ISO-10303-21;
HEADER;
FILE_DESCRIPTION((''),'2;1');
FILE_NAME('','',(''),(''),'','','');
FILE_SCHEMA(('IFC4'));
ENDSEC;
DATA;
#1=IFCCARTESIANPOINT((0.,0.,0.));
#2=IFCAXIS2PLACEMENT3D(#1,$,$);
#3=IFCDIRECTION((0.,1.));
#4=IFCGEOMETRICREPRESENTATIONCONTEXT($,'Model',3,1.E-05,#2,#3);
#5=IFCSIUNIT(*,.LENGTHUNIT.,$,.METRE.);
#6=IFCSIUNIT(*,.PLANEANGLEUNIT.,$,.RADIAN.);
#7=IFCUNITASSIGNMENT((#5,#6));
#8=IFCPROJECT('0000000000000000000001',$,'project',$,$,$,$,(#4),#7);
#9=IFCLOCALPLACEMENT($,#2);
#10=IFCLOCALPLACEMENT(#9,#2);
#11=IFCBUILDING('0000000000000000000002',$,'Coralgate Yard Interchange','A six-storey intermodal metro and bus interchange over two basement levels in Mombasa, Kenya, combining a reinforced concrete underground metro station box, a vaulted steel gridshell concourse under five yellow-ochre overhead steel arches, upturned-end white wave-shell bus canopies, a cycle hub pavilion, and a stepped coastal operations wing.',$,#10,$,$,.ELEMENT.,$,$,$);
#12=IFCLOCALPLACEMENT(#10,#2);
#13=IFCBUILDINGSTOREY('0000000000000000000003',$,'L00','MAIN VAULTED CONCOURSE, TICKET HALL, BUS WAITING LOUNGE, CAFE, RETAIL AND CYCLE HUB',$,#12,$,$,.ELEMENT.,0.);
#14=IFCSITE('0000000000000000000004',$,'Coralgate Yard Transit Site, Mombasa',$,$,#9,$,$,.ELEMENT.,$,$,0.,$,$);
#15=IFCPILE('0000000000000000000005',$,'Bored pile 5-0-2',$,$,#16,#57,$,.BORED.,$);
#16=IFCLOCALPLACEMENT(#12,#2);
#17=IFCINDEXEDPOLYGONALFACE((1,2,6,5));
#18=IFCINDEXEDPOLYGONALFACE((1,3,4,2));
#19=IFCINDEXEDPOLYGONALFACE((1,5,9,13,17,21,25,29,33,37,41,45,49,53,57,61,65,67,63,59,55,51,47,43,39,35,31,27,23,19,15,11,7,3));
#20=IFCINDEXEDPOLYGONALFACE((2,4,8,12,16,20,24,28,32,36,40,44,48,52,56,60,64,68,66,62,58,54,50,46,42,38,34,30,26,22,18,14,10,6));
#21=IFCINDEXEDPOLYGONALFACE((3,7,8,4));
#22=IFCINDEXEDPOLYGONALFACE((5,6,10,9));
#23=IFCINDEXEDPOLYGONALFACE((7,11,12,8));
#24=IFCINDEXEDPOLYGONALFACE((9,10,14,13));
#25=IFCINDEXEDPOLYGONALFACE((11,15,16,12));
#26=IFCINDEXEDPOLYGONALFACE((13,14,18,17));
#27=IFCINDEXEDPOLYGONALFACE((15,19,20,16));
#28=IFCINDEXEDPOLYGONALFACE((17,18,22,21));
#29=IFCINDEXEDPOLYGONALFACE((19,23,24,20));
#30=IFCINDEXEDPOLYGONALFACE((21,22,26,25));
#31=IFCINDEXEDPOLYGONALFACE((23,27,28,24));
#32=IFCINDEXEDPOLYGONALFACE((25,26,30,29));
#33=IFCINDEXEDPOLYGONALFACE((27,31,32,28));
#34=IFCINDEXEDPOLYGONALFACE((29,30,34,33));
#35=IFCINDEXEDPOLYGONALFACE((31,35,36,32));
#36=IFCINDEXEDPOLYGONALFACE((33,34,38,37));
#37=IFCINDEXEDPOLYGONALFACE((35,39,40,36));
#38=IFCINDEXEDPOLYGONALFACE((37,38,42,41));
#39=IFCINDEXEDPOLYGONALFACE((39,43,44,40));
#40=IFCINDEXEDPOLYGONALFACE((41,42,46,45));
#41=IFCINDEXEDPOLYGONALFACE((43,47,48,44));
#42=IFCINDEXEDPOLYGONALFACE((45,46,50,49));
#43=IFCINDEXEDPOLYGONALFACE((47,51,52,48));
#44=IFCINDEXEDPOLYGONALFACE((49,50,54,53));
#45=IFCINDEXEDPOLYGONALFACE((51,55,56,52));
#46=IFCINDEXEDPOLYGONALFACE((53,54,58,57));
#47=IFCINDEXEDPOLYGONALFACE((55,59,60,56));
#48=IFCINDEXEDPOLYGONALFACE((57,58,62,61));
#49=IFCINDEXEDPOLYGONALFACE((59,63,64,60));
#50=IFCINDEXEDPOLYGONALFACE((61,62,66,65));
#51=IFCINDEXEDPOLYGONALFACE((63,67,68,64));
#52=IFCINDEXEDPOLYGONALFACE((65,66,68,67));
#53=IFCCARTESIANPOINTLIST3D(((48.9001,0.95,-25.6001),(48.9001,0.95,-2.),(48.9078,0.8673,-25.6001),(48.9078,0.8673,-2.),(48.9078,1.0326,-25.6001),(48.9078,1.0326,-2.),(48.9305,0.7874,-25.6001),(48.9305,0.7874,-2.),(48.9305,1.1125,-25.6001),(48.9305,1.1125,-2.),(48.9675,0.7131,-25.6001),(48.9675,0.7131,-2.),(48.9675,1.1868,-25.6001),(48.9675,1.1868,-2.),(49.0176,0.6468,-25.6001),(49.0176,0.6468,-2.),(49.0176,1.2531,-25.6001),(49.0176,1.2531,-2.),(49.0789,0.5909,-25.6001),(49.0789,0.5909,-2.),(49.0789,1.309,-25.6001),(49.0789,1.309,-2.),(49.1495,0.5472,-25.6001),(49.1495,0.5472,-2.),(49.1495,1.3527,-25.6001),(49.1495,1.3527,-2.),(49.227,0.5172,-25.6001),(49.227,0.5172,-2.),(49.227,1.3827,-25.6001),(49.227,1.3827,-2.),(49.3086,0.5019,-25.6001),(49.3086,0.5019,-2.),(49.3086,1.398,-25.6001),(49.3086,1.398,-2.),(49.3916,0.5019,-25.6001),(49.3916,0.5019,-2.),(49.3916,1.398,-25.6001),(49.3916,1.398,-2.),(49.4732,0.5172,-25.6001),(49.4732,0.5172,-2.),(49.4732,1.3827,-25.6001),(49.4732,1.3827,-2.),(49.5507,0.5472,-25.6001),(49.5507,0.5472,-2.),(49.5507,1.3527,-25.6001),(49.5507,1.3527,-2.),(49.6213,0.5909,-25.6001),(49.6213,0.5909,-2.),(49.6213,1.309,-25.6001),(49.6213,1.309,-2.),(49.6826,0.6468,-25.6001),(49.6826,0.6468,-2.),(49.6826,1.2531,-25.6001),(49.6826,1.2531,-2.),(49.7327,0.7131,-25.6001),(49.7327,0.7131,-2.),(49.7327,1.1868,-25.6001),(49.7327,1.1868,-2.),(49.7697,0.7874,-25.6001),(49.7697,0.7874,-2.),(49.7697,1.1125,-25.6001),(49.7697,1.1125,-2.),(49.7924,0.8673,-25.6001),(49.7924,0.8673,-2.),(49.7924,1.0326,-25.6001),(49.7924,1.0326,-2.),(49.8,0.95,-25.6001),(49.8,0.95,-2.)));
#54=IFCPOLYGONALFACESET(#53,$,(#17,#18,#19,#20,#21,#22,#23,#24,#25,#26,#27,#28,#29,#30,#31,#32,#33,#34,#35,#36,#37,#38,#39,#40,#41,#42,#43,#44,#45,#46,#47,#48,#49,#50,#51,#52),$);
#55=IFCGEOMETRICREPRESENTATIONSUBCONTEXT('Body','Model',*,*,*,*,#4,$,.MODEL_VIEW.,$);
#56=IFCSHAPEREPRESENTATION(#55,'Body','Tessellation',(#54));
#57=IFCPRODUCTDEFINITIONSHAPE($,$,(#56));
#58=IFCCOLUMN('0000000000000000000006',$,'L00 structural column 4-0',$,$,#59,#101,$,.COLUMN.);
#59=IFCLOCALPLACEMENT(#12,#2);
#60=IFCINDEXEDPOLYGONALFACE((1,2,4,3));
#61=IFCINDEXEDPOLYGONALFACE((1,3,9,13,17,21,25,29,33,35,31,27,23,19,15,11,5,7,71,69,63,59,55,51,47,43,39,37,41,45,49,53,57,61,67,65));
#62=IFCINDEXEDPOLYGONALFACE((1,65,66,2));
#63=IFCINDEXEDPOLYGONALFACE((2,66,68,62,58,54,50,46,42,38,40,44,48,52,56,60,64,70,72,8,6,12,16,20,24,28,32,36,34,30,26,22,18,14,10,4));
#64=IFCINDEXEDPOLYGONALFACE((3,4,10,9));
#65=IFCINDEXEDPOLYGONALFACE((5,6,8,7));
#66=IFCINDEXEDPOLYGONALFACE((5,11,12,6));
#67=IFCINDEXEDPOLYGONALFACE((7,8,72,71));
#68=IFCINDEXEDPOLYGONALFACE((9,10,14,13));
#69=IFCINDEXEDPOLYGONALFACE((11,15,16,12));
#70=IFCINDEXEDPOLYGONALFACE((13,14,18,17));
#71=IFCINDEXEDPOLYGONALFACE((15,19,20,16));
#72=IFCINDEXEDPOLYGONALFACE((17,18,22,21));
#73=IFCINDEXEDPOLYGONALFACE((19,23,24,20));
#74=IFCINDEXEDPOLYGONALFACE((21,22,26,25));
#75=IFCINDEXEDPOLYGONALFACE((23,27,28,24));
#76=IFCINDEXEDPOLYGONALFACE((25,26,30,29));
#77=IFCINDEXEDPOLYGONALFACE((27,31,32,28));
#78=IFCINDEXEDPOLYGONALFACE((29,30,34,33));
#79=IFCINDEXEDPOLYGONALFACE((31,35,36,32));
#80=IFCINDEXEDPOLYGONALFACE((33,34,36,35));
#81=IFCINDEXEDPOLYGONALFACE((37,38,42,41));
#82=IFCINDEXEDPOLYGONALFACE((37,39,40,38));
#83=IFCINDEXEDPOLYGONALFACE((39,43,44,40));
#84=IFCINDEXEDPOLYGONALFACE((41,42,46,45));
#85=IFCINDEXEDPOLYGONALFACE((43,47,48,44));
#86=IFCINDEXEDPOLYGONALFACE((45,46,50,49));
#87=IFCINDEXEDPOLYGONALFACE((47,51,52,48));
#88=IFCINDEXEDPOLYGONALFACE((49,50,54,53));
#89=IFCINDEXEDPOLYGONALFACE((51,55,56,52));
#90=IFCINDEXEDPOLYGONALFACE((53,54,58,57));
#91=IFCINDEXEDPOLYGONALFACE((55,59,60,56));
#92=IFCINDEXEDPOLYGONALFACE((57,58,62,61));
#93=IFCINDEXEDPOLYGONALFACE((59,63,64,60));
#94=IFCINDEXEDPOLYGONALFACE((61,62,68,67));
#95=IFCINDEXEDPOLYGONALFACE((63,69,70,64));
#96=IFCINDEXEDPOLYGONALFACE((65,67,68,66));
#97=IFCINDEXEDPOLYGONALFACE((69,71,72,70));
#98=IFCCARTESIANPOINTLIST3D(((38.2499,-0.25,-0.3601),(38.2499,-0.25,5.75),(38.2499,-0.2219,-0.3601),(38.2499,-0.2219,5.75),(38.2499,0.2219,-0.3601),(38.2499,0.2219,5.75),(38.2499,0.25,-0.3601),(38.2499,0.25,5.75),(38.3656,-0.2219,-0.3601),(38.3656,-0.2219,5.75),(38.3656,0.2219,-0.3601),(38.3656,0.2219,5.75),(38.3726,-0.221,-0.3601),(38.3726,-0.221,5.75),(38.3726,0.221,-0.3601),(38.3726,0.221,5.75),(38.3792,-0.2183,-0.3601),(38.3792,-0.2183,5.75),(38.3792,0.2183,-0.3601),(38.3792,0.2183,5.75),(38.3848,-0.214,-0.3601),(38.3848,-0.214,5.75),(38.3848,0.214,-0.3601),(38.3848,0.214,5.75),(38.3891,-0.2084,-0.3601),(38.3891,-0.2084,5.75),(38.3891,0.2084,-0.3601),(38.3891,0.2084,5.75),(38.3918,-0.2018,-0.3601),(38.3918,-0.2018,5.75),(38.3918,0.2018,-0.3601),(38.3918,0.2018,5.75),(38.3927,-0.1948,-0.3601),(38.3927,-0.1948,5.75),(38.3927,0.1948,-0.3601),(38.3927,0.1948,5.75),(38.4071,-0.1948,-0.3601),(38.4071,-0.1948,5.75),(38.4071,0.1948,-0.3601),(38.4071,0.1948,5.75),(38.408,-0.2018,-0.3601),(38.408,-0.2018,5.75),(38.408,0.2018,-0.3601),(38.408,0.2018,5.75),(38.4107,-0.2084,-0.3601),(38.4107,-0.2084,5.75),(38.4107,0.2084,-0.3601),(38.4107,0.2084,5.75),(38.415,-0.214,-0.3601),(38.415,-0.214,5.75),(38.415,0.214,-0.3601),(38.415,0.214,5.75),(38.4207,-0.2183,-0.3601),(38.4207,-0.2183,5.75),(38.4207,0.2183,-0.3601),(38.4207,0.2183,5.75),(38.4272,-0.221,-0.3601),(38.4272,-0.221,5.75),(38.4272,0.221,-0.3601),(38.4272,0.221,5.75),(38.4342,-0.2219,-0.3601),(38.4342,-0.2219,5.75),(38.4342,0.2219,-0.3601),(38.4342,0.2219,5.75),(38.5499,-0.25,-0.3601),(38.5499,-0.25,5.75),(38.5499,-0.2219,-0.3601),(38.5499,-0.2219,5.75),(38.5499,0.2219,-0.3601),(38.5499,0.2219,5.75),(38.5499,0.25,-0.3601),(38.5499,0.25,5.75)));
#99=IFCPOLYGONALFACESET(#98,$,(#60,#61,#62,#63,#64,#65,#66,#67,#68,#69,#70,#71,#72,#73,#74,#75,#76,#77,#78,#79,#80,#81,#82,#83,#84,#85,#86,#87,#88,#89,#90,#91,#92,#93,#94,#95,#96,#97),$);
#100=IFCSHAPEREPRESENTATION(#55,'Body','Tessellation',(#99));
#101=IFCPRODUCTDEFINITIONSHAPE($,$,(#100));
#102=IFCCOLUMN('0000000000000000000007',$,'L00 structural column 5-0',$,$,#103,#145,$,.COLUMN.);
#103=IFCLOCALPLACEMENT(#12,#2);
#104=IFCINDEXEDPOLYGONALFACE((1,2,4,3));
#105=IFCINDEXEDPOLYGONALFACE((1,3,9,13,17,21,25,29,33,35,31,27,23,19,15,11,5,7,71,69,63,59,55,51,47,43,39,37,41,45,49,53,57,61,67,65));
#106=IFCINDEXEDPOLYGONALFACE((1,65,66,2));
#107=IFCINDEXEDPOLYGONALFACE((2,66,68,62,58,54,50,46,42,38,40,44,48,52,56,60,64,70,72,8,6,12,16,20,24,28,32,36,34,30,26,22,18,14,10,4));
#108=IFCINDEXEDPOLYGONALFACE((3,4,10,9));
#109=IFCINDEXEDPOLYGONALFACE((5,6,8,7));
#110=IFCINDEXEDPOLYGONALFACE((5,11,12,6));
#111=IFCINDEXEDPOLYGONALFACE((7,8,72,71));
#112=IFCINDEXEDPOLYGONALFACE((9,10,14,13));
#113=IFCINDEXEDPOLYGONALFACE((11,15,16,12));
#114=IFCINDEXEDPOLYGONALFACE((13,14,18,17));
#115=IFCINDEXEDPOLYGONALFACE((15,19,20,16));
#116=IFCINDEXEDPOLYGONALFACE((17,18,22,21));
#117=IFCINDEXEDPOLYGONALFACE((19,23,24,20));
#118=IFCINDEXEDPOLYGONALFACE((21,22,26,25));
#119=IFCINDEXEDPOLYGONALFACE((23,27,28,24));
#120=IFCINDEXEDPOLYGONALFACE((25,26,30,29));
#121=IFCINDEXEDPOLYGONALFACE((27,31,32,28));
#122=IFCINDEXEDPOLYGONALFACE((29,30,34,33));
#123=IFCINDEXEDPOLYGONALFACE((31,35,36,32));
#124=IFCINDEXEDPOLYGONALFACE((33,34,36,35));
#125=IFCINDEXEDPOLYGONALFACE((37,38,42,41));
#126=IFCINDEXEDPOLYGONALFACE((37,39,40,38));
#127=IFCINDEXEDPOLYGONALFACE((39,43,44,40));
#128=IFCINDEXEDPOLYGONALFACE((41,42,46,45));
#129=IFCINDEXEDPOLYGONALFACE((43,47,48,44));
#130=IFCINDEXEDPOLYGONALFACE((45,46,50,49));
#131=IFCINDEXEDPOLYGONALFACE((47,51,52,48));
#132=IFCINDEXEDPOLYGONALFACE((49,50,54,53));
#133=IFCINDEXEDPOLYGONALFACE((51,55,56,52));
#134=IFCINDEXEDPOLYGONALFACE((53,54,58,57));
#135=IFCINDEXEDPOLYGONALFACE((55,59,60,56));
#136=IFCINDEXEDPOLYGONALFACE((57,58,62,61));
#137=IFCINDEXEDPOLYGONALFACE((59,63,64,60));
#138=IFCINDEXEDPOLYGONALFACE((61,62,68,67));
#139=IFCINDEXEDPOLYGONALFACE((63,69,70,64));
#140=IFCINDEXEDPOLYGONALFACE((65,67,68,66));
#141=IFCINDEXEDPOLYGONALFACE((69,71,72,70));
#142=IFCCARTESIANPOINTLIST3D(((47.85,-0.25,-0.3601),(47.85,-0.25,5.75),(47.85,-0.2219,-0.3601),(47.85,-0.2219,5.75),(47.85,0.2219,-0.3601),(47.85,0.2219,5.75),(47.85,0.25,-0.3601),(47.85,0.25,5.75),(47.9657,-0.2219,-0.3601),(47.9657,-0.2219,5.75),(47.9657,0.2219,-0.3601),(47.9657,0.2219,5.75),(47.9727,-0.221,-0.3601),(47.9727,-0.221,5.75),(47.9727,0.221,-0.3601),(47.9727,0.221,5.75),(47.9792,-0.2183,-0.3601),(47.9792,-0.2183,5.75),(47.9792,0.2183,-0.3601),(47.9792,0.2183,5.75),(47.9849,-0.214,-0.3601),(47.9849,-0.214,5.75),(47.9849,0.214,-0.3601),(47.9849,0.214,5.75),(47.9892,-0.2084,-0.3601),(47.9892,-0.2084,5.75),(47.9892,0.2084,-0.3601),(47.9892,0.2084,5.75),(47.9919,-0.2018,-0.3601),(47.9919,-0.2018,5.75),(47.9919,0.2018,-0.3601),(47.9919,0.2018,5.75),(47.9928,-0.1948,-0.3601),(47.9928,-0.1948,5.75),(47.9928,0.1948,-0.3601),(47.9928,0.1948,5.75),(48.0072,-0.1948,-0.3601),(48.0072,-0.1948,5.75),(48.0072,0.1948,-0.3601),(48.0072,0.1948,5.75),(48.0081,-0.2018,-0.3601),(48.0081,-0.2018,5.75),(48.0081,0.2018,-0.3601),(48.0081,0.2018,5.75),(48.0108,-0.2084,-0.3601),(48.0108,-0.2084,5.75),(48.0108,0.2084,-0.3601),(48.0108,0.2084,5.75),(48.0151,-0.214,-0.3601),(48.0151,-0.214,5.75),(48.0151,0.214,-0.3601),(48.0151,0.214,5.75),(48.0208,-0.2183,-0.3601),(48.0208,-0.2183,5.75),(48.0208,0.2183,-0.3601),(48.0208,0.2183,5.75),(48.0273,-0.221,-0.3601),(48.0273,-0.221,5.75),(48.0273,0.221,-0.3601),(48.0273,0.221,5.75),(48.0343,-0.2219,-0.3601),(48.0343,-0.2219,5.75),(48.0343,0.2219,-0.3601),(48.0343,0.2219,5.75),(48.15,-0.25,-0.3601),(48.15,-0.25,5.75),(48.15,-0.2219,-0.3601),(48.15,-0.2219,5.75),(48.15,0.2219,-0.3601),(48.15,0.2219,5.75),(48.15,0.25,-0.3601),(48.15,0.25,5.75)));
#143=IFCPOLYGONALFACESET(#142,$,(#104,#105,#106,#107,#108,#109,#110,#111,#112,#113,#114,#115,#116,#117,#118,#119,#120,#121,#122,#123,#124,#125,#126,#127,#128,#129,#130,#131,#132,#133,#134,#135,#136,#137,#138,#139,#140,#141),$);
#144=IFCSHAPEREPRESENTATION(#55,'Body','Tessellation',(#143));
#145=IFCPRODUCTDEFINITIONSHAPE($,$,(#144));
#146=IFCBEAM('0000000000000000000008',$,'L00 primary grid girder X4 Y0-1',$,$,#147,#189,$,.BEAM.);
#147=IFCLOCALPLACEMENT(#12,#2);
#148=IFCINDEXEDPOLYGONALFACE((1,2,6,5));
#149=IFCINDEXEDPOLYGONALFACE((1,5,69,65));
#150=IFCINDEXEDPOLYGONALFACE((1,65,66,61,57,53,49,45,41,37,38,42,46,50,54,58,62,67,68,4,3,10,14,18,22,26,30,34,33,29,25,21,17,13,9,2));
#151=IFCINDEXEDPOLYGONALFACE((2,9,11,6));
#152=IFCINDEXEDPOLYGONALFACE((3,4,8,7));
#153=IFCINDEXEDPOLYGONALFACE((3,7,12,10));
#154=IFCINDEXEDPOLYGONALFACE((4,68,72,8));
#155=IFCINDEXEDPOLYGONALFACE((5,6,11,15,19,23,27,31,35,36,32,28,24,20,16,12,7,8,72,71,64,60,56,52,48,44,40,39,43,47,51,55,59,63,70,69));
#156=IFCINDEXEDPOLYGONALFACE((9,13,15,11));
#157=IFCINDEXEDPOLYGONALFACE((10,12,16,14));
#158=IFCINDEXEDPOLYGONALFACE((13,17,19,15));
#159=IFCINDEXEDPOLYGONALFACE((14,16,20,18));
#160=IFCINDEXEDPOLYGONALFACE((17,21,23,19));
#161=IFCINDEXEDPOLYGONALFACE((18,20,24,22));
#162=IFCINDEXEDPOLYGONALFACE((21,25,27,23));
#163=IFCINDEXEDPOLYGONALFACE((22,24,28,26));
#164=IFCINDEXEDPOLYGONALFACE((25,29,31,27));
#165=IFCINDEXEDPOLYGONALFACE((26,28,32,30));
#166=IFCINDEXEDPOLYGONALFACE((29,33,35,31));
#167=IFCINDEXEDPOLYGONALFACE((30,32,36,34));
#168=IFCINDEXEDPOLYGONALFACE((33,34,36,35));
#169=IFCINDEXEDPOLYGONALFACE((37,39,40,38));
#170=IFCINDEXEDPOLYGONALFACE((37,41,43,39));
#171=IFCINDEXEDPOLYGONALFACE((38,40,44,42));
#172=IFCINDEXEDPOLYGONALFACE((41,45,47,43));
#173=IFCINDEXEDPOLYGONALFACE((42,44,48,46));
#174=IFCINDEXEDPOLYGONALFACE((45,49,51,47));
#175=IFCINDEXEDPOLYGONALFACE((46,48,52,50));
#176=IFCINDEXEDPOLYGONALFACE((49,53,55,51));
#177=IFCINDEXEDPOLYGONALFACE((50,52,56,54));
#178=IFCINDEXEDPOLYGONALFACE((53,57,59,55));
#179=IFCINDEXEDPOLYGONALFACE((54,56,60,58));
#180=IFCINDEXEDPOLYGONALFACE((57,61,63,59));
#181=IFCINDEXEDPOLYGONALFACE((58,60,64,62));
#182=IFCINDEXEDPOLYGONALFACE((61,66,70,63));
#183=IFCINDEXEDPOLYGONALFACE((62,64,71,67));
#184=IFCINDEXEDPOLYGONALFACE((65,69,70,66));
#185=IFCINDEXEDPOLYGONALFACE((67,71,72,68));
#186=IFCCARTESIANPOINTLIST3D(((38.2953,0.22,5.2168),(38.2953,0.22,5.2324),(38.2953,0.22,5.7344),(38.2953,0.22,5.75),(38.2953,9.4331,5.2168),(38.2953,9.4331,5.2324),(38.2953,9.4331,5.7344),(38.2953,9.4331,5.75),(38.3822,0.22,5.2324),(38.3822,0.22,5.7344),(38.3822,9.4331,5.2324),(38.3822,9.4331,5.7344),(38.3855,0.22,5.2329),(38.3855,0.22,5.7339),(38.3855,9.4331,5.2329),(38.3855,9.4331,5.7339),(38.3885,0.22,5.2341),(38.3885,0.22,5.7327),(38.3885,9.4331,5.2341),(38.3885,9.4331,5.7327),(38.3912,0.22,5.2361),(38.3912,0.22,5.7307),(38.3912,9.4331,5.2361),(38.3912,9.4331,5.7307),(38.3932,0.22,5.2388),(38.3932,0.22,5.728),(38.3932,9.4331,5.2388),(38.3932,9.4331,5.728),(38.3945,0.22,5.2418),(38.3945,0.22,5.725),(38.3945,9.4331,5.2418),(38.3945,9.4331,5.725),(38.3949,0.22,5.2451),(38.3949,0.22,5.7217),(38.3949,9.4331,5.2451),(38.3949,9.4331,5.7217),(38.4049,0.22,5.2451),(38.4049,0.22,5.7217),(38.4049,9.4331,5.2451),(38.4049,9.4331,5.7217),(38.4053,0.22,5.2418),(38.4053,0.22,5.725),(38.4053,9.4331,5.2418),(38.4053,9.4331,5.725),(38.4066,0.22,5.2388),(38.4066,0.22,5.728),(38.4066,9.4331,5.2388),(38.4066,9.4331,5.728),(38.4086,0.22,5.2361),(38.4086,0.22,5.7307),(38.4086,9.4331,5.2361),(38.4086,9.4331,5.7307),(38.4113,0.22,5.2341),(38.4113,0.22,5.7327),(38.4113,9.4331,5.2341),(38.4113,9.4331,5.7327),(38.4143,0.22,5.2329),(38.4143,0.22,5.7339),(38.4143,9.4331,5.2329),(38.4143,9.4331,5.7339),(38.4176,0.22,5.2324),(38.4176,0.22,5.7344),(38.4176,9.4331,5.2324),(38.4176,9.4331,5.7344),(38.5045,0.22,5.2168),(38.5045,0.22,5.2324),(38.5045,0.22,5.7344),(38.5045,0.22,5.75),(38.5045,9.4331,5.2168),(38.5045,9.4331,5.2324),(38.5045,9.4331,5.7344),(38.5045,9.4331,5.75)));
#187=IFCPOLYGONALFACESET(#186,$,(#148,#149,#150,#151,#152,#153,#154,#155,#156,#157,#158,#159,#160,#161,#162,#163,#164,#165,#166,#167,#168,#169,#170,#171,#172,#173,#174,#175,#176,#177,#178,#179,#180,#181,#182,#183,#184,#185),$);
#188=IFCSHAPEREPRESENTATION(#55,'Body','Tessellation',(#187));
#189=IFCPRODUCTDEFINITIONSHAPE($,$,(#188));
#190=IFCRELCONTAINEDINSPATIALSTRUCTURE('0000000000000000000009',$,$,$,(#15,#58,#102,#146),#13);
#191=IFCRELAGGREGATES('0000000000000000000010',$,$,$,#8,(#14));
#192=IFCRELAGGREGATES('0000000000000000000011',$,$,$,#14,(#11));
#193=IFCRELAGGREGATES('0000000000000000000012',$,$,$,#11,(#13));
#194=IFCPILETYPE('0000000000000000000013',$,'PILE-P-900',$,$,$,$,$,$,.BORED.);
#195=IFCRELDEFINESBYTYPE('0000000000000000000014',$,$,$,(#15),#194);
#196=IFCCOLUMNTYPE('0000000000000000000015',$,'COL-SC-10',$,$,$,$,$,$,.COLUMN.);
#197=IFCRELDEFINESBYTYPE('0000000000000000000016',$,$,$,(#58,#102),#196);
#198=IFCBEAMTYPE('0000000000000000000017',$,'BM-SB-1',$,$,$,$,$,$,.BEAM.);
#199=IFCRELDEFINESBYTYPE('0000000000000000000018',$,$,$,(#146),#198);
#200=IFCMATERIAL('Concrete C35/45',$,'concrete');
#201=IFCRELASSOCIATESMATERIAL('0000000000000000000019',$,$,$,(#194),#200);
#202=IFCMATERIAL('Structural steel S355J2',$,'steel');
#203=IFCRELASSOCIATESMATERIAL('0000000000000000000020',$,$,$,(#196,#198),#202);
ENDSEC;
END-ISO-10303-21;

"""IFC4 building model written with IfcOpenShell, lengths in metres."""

from ifc_helpers import new_model, si_unit, direction, frame, origin, origin_2d, place, context, subcontext, project, spatial, circle, i_section, extrude, material, material_profile, profile_set, type_object, element, save


model = new_model("IFC4")

# Units and contexts
model_context = context("Model", 3, precision=1e-05, world=origin(), true_north=direction((0.0, 1.0)))
body_context = subcontext(model_context, "Body", "Model", "MODEL_VIEW")
ifc_project = project(units=[si_unit("LENGTHUNIT", "METRE"), si_unit("PLANEANGLEUNIT", "RADIAN")], contexts=[model_context])

# Site, building, storey
site_placement = place(None, origin())
site = spatial("IfcSite", under=ifc_project, at=site_placement, Name="Coralgate Yard Transit Site, Mombasa", CompositionType="ELEMENT", RefElevation=0.0)
building_placement = place(site_placement, origin())
building = spatial("IfcBuilding", under=site, at=building_placement, Name="Coralgate Yard Interchange", Description="A six-storey intermodal metro and bus interchange over two basement levels in Mombasa, Kenya, combining a reinforced concrete underground metro station box, a vaulted steel gridshell concourse under five yellow-ochre overhead steel arches, upturned-end white wave-shell bus canopies, a cycle hub pavilion, and a stepped coastal operations wing.", CompositionType="ELEMENT")
storey_placement = place(building_placement, origin())
storey = spatial("IfcBuildingStorey", under=building, at=storey_placement, Name="L00", Description="MAIN VAULTED CONCOURSE, TICKET HALL, BUS WAITING LOUNGE, CAFE, RETAIL AND CYCLE HUB", CompositionType="ELEMENT", Elevation=0.0)

# Pile
ifc_material_1 = material(Name="Concrete C35/45", Category="concrete")
ifc_material_profile_1 = material_profile(ifc_material_1, circle(Radius=0.45, at=origin_2d()), Name="BORED PILE D900")
ifc_profile_set_1 = profile_set([ifc_material_profile_1], Name="Concrete C35/45")
pile_type = type_object("IfcPileType", Name="PILE-P-900", PredefinedType="BORED", material=ifc_profile_set_1)
for number, where, z_axis, x_axis, name in (
    (1, (49.3501, 0.95, -2.0), (0.0, 0.0, -1.0), (1.0, 0.0, 0.0), "Bored pile 5-0-2"),
):
    element("IfcPile", number, at=place(storey_placement, frame(where, z_axis=z_axis, x_axis=x_axis)), inside=storey, type_object=pile_type, Name=name, PredefinedType="BORED", context=body_context, shape_type="SweptSolid", body=[
        extrude(circle(Radius=0.45, at=origin_2d()), origin(), (0.0, 0.0, 1.0), 23.6001),
    ])

# Columns
ifc_material_2 = material(Name="Structural steel S355J2", Category="steel")
ifc_material_profile_2 = material_profile(ifc_material_2, i_section(OverallWidth=0.3, OverallDepth=0.5, WebThickness=0.0144, FlangeThickness=0.0281, FilletRadius=0.0271, at=origin_2d()), Name="HEB 500")
ifc_profile_set_2 = profile_set([ifc_material_profile_2], Name="Structural steel S355J2")
column_type = type_object("IfcColumnType", Name="COL-SC-10", PredefinedType="COLUMN", material=ifc_profile_set_2)
for number, where, z_axis, x_axis, name in (
    (2, (38.3999, 0.0, -0.3601), (0.0, 0.0, 1.0), (1.0, 0.0, 0.0), "L00 structural column 4-0"),
    (3, (48.0, 0.0, -0.3601), (0.0, 0.0, 1.0), (1.0, 0.0, 0.0), "L00 structural column 5-0"),
):
    element("IfcColumn", number, at=place(storey_placement, frame(where, z_axis=z_axis, x_axis=x_axis)), inside=storey, type_object=column_type, Name=name, PredefinedType="COLUMN", context=body_context, shape_type="SweptSolid", body=[
        extrude(i_section(OverallWidth=0.3, OverallDepth=0.5, WebThickness=0.0144, FlangeThickness=0.0281, FilletRadius=0.0271, at=origin_2d()), origin(), (0.0, 0.0, 1.0), 6.1101),
    ])

# Beam
ifc_material_profile_3 = material_profile(ifc_material_2, i_section(OverallWidth=0.2092, OverallDepth=0.5332, WebThickness=0.01, FlangeThickness=0.0156, FilletRadius=0.0127, at=origin_2d()), Name="UB 533x210x92")
ifc_profile_set_3 = profile_set([ifc_material_profile_3], Name="Structural steel S355J2")
beam_type_1 = type_object("IfcBeamType", Name="BM-SB-1", PredefinedType="BEAM", material=ifc_profile_set_3)
for number, where, z_axis, x_axis, name in (
    (4, (38.3999, 0.22, 5.4834), (0.0, 1.0, 0.0), (-1.0, 0.0, 0.0), "L00 primary grid girder X4 Y0-1"),
):
    element("IfcBeam", number, at=place(storey_placement, frame(where, z_axis=z_axis, x_axis=x_axis)), inside=storey, type_object=beam_type_1, Name=name, PredefinedType="BEAM", context=body_context, shape_type="SweptSolid", body=[
        extrude(i_section(OverallWidth=0.2092, OverallDepth=0.5332, WebThickness=0.01, FlangeThickness=0.0156, FilletRadius=0.0127, at=origin_2d()), origin(), (0.0, 0.0, 1.0), 9.2131),
    ])

save(model, "model.ifc")
